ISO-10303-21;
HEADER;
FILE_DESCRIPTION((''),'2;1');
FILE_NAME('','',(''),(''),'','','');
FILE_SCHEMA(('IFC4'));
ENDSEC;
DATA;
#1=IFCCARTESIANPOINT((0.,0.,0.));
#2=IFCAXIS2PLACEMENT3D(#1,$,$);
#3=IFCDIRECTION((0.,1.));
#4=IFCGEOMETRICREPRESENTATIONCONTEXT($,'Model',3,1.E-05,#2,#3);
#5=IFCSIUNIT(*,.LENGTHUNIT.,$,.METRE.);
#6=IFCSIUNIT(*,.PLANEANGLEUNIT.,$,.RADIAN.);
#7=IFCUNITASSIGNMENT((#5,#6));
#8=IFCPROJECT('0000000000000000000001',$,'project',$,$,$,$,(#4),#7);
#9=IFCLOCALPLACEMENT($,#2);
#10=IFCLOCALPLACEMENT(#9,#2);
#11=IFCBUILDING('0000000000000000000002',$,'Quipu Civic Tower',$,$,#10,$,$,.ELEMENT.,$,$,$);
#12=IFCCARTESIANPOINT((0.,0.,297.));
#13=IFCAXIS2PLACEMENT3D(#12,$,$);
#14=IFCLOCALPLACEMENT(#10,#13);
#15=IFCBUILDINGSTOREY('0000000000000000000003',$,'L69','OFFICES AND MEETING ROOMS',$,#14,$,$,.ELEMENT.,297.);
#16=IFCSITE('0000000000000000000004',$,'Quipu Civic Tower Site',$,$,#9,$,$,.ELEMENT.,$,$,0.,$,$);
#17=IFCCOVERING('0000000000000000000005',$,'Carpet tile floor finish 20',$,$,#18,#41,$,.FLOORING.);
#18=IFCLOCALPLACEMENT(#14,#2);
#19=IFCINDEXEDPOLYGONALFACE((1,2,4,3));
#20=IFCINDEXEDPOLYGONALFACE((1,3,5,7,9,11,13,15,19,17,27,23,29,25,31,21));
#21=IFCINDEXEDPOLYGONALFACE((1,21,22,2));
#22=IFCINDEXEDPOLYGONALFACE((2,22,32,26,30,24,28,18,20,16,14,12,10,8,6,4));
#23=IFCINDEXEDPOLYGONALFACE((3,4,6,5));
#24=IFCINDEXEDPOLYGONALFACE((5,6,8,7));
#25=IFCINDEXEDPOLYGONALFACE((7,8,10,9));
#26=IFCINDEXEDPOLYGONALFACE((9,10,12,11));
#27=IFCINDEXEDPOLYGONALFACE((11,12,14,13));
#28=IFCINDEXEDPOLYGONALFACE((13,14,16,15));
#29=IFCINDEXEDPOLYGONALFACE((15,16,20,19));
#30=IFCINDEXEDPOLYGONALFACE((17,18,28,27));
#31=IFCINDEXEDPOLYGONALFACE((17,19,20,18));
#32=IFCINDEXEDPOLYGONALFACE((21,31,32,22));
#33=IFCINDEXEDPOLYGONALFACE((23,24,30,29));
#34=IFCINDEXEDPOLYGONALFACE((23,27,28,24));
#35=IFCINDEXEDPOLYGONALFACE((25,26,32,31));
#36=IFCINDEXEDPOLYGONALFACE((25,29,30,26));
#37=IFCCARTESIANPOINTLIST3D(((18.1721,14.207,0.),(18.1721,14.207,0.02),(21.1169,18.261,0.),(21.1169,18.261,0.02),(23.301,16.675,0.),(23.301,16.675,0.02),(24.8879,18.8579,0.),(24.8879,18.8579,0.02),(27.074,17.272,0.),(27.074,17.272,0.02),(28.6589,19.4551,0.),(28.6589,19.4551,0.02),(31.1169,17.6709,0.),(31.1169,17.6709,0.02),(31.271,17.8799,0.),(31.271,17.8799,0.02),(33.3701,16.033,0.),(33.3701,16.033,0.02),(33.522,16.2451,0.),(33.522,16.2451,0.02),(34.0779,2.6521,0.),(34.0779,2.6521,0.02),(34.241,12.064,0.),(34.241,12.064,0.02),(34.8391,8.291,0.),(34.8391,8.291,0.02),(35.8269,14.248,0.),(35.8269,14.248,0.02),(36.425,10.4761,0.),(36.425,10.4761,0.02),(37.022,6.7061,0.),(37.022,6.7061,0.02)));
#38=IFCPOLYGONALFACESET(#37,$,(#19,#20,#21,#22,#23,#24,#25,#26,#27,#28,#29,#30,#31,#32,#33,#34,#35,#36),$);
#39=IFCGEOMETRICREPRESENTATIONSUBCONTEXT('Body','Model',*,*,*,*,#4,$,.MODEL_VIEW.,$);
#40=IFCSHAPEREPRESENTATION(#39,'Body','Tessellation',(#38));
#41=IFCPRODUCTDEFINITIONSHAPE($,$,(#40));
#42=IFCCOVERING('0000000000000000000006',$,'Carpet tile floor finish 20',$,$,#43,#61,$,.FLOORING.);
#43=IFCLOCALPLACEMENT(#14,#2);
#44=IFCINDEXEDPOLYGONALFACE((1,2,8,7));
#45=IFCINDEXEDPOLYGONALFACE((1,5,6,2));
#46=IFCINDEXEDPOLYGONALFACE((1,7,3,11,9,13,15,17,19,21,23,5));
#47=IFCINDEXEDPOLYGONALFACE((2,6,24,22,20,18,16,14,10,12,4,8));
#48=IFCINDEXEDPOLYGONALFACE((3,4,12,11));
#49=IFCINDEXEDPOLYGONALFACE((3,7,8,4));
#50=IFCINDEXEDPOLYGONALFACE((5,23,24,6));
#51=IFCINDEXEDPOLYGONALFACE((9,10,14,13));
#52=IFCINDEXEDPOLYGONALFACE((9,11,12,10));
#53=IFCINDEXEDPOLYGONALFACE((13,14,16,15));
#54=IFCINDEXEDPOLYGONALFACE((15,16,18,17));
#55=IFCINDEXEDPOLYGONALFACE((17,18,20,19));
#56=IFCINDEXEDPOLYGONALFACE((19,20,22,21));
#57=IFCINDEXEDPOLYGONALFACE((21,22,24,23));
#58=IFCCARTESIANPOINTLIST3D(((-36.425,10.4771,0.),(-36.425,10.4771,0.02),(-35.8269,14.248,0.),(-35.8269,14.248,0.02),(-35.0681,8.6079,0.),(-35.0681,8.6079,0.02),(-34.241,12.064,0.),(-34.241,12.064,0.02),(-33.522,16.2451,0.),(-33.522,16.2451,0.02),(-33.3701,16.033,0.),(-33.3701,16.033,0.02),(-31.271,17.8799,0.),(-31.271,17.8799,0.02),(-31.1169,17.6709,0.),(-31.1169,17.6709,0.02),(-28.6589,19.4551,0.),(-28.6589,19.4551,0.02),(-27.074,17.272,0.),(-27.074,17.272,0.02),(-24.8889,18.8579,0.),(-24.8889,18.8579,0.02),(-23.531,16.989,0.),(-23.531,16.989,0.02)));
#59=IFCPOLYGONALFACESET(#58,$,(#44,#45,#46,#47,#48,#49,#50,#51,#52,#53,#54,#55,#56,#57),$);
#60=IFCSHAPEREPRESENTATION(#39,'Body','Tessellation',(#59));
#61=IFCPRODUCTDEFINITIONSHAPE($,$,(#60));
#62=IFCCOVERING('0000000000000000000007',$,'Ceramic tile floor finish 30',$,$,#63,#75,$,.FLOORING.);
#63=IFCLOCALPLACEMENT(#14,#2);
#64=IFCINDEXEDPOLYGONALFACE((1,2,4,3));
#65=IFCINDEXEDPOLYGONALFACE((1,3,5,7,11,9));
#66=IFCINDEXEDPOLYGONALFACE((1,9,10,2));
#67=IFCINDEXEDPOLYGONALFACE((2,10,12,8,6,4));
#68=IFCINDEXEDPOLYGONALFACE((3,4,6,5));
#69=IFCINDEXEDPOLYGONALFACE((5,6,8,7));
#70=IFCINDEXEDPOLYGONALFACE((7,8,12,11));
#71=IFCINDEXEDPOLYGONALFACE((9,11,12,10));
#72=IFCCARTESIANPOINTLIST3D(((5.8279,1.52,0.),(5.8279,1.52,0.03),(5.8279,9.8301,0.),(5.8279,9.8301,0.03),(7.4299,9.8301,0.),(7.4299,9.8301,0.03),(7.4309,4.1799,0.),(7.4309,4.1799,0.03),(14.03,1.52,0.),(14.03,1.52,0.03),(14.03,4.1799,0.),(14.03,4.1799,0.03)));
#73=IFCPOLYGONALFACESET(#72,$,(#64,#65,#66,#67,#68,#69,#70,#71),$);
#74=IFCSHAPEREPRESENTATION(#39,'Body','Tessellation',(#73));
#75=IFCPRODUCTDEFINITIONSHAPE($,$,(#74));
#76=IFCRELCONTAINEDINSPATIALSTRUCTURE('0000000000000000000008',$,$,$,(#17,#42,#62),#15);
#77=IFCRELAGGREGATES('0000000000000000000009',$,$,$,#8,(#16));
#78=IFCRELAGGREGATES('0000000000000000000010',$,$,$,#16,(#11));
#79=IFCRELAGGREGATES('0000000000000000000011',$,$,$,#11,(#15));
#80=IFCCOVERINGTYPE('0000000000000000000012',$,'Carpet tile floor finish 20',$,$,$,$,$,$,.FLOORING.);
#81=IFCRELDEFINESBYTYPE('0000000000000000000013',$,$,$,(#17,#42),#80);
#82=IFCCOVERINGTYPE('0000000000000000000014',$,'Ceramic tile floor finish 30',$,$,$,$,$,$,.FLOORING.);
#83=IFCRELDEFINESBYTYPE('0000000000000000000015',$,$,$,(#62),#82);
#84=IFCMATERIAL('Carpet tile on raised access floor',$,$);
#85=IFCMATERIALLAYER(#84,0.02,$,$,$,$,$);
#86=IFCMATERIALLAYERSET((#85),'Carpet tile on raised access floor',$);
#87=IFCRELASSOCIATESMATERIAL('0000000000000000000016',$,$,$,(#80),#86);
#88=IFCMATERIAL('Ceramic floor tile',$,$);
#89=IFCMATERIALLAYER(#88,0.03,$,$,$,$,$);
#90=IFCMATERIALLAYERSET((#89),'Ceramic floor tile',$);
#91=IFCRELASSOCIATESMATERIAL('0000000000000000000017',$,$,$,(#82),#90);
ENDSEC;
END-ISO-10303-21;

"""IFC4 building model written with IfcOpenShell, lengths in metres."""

from ifc_helpers import new_model, si_unit, direction, frame, origin, place, context, subcontext, project, spatial, polyline, outline, extrude, material, layer, layer_set, type_object, element, save


model = new_model("IFC4")

# Units and contexts
model_context = context("Model", 3, precision=1e-05, world=origin(), true_north=direction((0.0, 1.0)))
body_context = subcontext(model_context, "Body", "Model", "MODEL_VIEW")
ifc_project = project(units=[si_unit("LENGTHUNIT", "METRE"), si_unit("PLANEANGLEUNIT", "RADIAN")], contexts=[model_context])

# Site, building, storey
site_placement = place(None, origin())
site = spatial("IfcSite", under=ifc_project, at=site_placement, Name="Quipu Civic Tower Site", CompositionType="ELEMENT", RefElevation=0.0)
building_placement = place(site_placement, origin())
building = spatial("IfcBuilding", under=site, at=building_placement, Name="Quipu Civic Tower", CompositionType="ELEMENT")
storey_placement = place(building_placement, frame((0.0, 0.0, 297.0)))
storey = spatial("IfcBuildingStorey", under=building, at=storey_placement, Name="L69", Description="OFFICES AND MEETING ROOMS", CompositionType="ELEMENT", Elevation=297.0)

# Coverings
ifc_material_1 = material(Name="Carpet tile on raised access floor")
ifc_layer_1 = layer(ifc_material_1, 0.02)
ifc_layer_set_1 = layer_set([ifc_layer_1], Name="Carpet tile on raised access floor")
covering_type_1 = type_object("IfcCoveringType", Name="Carpet tile floor finish 20", PredefinedType="FLOORING", material=ifc_layer_set_1)
covering_1_placement = place(storey_placement, origin())
element("IfcCovering", 1, at=covering_1_placement, inside=storey, type_object=covering_type_1, Name="Carpet tile floor finish 20", PredefinedType="FLOORING", context=body_context, shape_type="SweptSolid", body=[
    extrude(outline(polyline([(18.1721, 14.207), (21.1169, 18.261), (23.301, 16.675), (24.8879, 18.8579), (27.074, 17.272), (28.6589, 19.4551), (31.1169, 17.6709), (31.271, 17.8799), (33.522, 16.2451), (33.3701, 16.033), (35.8269, 14.248), (34.241, 12.064), (36.425, 10.4761), (34.8391, 8.291), (37.022, 6.7061), (34.0779, 2.6521), (18.1721, 14.207)])), origin(), (0.0, 0.0, 1.0), 0.02),
])
covering_2_placement = place(storey_placement, origin())
element("IfcCovering", 2, at=covering_2_placement, inside=storey, type_object=covering_type_1, Name="Carpet tile floor finish 20", PredefinedType="FLOORING", context=body_context, shape_type="SweptSolid", body=[
    extrude(outline(polyline([(-36.425, 10.4771), (-34.241, 12.064), (-35.8269, 14.248), (-33.3701, 16.033), (-33.522, 16.2451), (-31.271, 17.8799), (-31.1169, 17.6709), (-28.6589, 19.4551), (-27.074, 17.272), (-24.8889, 18.8579), (-23.531, 16.989), (-35.0681, 8.6079), (-36.425, 10.4771)])), origin(), (0.0, 0.0, 1.0), 0.02),
])
ifc_material_2 = material(Name="Ceramic floor tile")
ifc_layer_2 = layer(ifc_material_2, 0.03)
ifc_layer_set_2 = layer_set([ifc_layer_2], Name="Ceramic floor tile")
covering_type_2 = type_object("IfcCoveringType", Name="Ceramic tile floor finish 30", PredefinedType="FLOORING", material=ifc_layer_set_2)
covering_3_placement = place(storey_placement, origin())
element("IfcCovering", 3, at=covering_3_placement, inside=storey, type_object=covering_type_2, Name="Ceramic tile floor finish 30", PredefinedType="FLOORING", context=body_context, shape_type="SweptSolid", body=[
    extrude(outline(polyline([(5.8279, 1.52), (5.8279, 9.8301), (7.4299, 9.8301), (7.4309, 4.1799), (14.03, 4.1799), (14.03, 1.52), (5.8279, 1.52)])), origin(), (0.0, 0.0, 1.0), 0.03),
])

save(model, "model.ifc")
